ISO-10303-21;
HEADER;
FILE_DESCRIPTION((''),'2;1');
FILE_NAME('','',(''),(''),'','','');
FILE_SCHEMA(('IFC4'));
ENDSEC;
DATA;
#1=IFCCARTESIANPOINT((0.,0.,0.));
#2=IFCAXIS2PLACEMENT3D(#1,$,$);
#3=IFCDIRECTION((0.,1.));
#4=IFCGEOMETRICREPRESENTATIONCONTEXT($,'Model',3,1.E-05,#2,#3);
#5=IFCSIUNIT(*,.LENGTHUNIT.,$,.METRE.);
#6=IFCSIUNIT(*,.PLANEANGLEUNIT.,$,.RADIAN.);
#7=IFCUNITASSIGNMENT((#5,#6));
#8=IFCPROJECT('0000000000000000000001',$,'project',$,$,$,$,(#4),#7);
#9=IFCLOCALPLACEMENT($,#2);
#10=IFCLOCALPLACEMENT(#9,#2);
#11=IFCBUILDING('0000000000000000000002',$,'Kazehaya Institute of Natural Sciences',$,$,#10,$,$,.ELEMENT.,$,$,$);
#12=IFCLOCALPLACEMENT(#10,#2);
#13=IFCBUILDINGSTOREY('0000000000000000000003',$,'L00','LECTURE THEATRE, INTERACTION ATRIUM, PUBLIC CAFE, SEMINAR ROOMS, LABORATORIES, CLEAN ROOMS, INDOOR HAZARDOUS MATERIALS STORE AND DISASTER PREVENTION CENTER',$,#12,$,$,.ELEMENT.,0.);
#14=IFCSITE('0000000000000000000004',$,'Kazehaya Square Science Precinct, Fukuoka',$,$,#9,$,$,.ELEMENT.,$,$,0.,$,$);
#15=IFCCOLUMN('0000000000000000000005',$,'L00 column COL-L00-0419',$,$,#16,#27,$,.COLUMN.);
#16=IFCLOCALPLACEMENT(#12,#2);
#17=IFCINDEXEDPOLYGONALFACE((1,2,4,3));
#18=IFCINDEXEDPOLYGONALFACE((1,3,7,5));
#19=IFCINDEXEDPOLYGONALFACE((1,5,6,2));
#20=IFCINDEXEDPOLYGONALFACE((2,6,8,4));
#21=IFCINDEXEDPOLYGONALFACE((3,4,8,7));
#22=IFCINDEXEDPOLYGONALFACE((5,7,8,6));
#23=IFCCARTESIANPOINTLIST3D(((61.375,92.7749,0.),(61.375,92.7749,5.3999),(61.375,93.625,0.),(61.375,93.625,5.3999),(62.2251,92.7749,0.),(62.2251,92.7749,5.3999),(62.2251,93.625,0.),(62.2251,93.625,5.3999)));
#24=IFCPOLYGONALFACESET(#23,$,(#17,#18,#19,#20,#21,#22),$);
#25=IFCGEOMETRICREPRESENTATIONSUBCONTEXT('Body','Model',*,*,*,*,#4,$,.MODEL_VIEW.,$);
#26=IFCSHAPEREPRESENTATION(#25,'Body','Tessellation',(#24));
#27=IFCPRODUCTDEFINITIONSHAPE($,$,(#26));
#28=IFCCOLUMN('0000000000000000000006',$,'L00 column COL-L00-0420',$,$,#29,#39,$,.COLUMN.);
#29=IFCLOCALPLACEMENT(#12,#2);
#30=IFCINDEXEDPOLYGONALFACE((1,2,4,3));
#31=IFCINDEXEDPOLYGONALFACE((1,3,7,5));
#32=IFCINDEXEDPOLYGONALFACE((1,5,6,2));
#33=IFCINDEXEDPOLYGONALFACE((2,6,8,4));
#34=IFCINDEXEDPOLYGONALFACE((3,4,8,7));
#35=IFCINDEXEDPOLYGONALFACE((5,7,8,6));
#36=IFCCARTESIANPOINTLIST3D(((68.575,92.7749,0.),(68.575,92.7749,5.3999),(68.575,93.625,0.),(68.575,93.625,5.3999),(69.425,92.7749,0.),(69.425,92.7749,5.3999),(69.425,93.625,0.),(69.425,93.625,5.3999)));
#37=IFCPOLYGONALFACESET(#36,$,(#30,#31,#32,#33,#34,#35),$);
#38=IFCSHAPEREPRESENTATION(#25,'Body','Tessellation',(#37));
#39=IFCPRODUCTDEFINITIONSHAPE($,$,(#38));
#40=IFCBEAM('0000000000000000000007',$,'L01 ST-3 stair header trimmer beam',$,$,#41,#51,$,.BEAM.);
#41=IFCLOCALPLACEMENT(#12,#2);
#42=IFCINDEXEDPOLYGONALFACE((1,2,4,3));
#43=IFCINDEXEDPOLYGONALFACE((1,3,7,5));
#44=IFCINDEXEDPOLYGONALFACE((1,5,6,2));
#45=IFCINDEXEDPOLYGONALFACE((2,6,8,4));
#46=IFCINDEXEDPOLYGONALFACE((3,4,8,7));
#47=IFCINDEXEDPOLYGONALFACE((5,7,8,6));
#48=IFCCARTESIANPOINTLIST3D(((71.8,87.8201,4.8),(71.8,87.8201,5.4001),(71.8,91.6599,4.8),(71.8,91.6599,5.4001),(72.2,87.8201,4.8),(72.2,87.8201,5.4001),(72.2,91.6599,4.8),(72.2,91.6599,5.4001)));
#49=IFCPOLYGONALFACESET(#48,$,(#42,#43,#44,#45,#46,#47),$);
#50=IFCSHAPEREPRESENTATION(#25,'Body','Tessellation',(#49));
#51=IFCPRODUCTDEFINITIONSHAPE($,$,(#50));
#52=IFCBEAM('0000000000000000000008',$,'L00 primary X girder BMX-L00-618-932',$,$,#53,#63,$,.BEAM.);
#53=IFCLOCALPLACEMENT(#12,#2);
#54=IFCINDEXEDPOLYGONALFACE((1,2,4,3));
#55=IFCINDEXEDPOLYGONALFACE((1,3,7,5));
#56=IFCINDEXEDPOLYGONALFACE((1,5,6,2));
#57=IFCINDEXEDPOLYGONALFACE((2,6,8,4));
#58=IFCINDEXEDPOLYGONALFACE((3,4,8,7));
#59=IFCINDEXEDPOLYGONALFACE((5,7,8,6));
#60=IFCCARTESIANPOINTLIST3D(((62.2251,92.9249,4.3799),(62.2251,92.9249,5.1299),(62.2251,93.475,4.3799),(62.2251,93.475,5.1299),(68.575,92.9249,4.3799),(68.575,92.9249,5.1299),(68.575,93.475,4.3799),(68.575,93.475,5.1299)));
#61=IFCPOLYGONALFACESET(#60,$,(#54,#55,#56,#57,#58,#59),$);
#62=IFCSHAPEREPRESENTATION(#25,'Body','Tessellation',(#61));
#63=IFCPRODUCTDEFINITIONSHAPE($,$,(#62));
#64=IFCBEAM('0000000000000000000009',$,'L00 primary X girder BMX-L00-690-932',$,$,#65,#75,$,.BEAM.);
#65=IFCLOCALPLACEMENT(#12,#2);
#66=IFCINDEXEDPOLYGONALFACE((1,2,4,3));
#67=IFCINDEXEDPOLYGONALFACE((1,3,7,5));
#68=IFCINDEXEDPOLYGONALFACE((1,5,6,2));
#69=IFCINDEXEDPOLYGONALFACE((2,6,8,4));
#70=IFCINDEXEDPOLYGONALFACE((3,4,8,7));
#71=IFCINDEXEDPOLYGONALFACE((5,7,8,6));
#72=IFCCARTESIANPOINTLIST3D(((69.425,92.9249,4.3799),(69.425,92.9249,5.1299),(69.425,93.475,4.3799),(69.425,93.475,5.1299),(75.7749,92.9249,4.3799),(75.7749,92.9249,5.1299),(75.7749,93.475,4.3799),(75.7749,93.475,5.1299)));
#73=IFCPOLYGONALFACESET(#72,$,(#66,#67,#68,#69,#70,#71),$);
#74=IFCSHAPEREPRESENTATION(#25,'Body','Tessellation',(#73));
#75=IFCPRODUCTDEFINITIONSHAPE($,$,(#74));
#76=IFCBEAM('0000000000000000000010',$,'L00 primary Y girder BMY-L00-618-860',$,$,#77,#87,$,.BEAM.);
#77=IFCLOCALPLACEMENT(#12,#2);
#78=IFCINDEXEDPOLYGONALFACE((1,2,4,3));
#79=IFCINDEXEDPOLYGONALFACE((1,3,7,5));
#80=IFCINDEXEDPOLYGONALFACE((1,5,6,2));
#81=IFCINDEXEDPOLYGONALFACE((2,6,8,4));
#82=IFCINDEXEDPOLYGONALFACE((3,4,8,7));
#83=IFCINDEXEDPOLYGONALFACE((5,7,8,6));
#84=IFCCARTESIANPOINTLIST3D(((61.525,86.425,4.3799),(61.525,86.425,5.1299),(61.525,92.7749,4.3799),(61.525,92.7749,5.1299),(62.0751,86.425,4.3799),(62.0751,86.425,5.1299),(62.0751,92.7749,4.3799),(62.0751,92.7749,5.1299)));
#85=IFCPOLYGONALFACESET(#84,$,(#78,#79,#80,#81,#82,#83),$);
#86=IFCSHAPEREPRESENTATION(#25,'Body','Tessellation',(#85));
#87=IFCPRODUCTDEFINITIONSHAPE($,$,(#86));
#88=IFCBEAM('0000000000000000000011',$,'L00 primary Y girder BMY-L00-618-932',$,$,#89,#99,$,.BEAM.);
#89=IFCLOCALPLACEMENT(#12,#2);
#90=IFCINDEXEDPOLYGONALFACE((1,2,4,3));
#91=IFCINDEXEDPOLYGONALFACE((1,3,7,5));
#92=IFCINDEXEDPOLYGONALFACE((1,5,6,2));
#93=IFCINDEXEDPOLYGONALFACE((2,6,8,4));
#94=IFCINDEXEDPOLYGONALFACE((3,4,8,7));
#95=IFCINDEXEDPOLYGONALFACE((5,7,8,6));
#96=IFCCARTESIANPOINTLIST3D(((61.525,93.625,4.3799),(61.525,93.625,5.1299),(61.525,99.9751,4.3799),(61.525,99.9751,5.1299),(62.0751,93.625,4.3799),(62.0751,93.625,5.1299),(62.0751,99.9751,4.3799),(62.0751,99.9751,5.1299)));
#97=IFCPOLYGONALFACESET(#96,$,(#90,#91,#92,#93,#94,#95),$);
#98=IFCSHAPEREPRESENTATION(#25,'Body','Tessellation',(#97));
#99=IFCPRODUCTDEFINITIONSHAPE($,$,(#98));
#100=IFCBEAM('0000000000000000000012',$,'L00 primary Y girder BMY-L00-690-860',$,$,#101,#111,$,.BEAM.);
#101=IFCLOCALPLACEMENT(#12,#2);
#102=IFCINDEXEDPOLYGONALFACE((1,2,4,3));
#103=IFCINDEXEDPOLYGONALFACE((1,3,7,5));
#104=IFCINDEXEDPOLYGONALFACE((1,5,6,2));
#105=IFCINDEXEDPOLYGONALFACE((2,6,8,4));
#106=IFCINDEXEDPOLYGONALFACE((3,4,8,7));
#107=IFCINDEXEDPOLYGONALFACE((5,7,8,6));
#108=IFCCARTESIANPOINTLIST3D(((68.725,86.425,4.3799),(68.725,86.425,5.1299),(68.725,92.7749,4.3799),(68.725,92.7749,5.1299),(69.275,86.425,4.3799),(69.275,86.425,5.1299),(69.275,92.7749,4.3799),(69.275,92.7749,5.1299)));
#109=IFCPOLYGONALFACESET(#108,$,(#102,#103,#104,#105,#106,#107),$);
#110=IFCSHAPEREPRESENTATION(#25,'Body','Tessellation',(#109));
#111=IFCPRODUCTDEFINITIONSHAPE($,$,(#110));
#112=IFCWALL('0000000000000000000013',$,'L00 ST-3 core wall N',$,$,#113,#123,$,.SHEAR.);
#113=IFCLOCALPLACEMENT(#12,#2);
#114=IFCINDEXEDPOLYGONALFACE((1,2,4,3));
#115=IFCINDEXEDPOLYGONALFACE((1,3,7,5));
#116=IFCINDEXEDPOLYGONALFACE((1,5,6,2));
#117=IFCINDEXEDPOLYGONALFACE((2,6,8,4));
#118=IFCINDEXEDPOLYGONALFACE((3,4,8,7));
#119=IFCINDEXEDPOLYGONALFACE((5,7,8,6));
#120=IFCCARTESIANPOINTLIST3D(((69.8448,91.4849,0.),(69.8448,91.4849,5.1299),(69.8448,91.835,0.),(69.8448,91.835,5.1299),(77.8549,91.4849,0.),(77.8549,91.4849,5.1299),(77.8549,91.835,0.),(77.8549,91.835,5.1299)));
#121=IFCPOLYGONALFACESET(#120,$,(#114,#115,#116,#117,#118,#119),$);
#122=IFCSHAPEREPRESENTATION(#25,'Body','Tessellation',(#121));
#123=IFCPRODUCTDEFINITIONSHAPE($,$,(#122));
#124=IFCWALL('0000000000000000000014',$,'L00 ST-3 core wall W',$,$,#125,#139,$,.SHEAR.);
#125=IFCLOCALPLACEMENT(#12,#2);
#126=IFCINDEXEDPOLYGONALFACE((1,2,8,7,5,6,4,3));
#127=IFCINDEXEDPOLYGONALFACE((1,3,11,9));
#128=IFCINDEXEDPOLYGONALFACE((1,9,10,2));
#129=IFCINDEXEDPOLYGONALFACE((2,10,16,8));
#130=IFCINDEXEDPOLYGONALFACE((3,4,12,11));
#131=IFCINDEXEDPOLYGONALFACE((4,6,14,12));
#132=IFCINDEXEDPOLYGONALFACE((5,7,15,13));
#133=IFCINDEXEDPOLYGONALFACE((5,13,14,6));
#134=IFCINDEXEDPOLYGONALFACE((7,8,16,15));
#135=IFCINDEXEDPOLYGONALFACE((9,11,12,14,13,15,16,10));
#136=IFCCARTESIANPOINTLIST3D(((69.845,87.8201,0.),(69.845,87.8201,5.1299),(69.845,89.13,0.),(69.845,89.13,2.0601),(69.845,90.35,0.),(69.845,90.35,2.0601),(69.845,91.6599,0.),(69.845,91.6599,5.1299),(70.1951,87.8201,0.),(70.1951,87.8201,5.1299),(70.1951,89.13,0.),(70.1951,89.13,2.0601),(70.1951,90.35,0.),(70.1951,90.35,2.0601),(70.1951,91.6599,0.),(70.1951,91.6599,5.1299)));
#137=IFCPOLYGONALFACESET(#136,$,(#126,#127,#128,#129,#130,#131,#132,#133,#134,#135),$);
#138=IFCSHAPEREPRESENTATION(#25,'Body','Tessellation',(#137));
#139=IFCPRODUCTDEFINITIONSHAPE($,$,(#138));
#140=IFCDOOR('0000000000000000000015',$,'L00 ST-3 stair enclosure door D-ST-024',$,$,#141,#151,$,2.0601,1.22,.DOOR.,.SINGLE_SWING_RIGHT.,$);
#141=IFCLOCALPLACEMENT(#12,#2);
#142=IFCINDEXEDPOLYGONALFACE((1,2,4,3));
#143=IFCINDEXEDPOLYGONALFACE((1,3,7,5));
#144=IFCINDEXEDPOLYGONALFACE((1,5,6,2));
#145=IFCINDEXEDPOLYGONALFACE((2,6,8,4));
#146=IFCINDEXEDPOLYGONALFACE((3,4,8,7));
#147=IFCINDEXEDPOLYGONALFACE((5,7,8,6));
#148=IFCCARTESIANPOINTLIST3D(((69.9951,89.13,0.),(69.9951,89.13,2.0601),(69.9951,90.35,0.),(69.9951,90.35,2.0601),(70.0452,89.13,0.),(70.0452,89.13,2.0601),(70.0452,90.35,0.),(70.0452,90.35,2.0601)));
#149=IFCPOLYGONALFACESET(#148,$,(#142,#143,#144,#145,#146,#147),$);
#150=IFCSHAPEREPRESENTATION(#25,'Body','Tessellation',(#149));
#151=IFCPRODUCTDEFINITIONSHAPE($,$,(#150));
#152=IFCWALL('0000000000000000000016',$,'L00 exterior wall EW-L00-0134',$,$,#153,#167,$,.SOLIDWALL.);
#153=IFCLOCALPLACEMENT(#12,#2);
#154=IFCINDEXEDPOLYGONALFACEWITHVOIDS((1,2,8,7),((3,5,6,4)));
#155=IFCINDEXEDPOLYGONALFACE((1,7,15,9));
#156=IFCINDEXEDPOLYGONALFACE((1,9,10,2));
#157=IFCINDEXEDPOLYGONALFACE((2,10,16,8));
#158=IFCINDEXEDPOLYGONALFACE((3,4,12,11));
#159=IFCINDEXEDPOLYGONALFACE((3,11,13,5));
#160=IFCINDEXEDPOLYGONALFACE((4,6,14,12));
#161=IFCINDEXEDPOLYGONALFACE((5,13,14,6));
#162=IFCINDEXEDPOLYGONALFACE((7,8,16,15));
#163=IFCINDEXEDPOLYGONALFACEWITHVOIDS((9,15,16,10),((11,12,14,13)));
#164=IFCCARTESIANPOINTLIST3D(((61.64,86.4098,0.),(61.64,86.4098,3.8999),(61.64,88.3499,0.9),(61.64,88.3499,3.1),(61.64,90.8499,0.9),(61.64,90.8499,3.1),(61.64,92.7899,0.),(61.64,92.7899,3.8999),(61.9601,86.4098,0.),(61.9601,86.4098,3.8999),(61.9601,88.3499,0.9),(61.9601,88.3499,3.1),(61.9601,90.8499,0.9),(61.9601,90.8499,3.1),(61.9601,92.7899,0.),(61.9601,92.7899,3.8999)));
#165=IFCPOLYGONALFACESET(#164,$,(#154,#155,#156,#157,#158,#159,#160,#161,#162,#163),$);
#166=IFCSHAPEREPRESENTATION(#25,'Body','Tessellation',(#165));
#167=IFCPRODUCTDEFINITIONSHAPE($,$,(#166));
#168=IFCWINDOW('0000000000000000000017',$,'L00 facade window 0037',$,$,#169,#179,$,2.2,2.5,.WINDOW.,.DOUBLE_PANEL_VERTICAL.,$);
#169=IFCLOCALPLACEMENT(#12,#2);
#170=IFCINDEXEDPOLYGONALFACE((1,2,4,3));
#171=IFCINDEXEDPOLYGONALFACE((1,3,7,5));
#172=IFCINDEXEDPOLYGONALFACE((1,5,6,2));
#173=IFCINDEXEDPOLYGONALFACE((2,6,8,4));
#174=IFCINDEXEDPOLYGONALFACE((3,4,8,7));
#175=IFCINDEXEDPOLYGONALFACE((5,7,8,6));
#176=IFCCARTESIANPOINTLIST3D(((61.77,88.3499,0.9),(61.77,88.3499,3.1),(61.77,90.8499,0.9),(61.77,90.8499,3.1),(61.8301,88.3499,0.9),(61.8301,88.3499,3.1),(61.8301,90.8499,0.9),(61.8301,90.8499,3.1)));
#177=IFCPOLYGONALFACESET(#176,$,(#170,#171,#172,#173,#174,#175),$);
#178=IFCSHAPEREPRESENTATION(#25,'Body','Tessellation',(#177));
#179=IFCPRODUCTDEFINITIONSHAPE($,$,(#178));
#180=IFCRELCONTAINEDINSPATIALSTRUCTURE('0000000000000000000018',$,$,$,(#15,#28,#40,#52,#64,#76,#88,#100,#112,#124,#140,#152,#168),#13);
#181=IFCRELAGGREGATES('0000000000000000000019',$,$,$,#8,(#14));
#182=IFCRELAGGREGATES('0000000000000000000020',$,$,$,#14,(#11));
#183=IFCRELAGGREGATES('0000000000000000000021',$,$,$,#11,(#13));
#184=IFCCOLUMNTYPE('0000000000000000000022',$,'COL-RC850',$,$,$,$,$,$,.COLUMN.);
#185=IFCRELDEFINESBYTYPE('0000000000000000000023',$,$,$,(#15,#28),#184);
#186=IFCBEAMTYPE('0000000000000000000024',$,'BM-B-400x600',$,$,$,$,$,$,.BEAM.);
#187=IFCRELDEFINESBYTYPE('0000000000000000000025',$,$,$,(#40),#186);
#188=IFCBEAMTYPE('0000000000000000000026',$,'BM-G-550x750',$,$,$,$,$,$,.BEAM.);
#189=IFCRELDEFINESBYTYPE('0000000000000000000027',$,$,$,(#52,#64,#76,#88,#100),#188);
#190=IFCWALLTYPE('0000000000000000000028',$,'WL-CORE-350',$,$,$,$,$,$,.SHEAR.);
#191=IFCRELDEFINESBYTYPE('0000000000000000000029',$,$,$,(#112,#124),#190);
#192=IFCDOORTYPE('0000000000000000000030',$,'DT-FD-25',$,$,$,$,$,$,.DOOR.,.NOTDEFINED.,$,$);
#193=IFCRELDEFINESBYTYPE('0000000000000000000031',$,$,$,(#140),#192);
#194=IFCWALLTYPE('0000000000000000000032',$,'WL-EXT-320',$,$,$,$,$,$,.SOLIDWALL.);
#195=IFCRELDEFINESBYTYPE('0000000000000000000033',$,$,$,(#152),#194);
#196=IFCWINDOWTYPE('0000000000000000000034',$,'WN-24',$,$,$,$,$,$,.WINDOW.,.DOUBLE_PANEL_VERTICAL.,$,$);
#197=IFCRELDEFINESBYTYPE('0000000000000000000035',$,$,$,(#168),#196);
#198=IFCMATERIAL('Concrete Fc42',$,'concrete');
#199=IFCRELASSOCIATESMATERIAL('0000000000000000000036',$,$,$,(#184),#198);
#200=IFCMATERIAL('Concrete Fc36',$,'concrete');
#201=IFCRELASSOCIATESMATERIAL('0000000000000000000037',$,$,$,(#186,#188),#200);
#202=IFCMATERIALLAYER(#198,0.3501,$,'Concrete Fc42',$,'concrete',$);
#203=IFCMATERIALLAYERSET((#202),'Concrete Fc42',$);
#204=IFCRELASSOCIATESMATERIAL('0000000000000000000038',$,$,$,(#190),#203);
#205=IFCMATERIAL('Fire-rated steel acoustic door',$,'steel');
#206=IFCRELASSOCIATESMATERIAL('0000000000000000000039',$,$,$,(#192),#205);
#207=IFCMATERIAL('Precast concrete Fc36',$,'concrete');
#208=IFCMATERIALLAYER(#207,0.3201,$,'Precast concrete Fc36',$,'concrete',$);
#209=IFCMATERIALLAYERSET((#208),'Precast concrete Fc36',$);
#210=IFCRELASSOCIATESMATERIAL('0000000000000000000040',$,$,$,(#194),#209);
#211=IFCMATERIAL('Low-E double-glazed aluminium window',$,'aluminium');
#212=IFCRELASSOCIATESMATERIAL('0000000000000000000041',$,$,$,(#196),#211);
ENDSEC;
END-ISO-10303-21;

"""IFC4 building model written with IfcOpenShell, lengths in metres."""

from ifc_helpers import new_model, si_unit, direction, frame, frame_2d, origin, origin_2d, place, context, subcontext, project, spatial, rectangle, extrude, material, layer, layer_set, material_profile, profile_set, type_object, element, fill, save


model = new_model("IFC4")

# Units and contexts
model_context = context("Model", 3, precision=1e-05, world=origin(), true_north=direction((0.0, 1.0)))
body_context = subcontext(model_context, "Body", "Model", "MODEL_VIEW")
ifc_project = project(units=[si_unit("LENGTHUNIT", "METRE"), si_unit("PLANEANGLEUNIT", "RADIAN")], contexts=[model_context])

# Site, building, storey
site_placement = place(None, origin())
site = spatial("IfcSite", under=ifc_project, at=site_placement, Name="Kazehaya Square Science Precinct, Fukuoka", CompositionType="ELEMENT", RefElevation=0.0)
building_placement = place(site_placement, origin())
building = spatial("IfcBuilding", under=site, at=building_placement, Name="Kazehaya Institute of Natural Sciences", CompositionType="ELEMENT")
storey_placement = place(building_placement, origin())
storey = spatial("IfcBuildingStorey", under=building, at=storey_placement, Name="L00", Description="LECTURE THEATRE, INTERACTION ATRIUM, PUBLIC CAFE, SEMINAR ROOMS, LABORATORIES, CLEAN ROOMS, INDOOR HAZARDOUS MATERIALS STORE AND DISASTER PREVENTION CENTER", CompositionType="ELEMENT", Elevation=0.0)

# Columns
ifc_material_1 = material(Name="Concrete Fc42", Category="concrete")
ifc_material_profile_1 = material_profile(ifc_material_1, rectangle(XDim=0.8501, YDim=0.8501, at=origin_2d()), Name="RC-850x850")
ifc_profile_set_1 = profile_set([ifc_material_profile_1], Name="Concrete Fc42")
column_type = type_object("IfcColumnType", Name="COL-RC850", PredefinedType="COLUMN", material=ifc_profile_set_1)
for number, where, z_axis, x_axis, name in (
    (1, (61.8, 93.2, 0.0), (0.0, 0.0, 1.0), (1.0, 0.0, 0.0), "L00 column COL-L00-0419"),
    (2, (69.0, 93.2, 0.0), (0.0, 0.0, 1.0), (1.0, 0.0, 0.0), "L00 column COL-L00-0420"),
):
    element("IfcColumn", number, at=place(storey_placement, frame(where, z_axis=z_axis, x_axis=x_axis)), inside=storey, type_object=column_type, Name=name, PredefinedType="COLUMN", context=body_context, shape_type="SweptSolid", body=[
        extrude(rectangle(XDim=0.8501, YDim=0.8501, at=origin_2d()), origin(), (0.0, 0.0, 1.0), 5.3999),
    ])

# Beams
ifc_material_2 = material(Name="Concrete Fc36", Category="concrete")
ifc_material_profile_2 = material_profile(ifc_material_2, rectangle(XDim=0.3999, YDim=0.6001, at=origin_2d()), Name="RC-400x600")
ifc_profile_set_2 = profile_set([ifc_material_profile_2], Name="Concrete Fc36")
beam_type_1 = type_object("IfcBeamType", Name="BM-B-400x600", PredefinedType="BEAM", material=ifc_profile_set_2)
beam_1_placement = place(storey_placement, frame((72.0, 87.8201, 5.1001), z_axis=(0.0, 1.0, 0.0), x_axis=(-1.0, 0.0, 0.0)))
element("IfcBeam", 3, at=beam_1_placement, inside=storey, type_object=beam_type_1, Name="L01 ST-3 stair header trimmer beam", PredefinedType="BEAM", context=body_context, shape_type="SweptSolid", body=[
    extrude(rectangle(XDim=0.3999, YDim=0.6001, at=origin_2d()), origin(), (0.0, 0.0, 1.0), 3.8398),
])
ifc_material_profile_3 = material_profile(ifc_material_2, rectangle(XDim=0.55, YDim=0.75, at=origin_2d()), Name="RC-550x750")
ifc_profile_set_3 = profile_set([ifc_material_profile_3], Name="Concrete Fc36")
beam_type_2 = type_object("IfcBeamType", Name="BM-G-550x750", PredefinedType="BEAM", material=ifc_profile_set_3)
for number, where, z_axis, x_axis, name in (
    (4, (62.2251, 93.2, 4.7549), (1.0, 0.0, 0.0), (0.0, 1.0, 0.0), "L00 primary X girder BMX-L00-618-932"),
    (5, (69.425, 93.2, 4.7549), (1.0, 0.0, 0.0), (0.0, 1.0, 0.0), "L00 primary X girder BMX-L00-690-932"),
    (6, (61.8, 86.425, 4.7549), (0.0, 1.0, 0.0), (-1.0, 0.0, 0.0), "L00 primary Y girder BMY-L00-618-860"),
):
    element("IfcBeam", number, at=place(storey_placement, frame(where, z_axis=z_axis, x_axis=x_axis)), inside=storey, type_object=beam_type_2, Name=name, PredefinedType="BEAM", context=body_context, shape_type="SweptSolid", body=[
        extrude(rectangle(XDim=0.55, YDim=0.75, at=origin_2d()), origin(), (0.0, 0.0, 1.0), 6.3499),
    ])
beam_2_placement = place(storey_placement, frame((61.8, 93.625, 4.7549), z_axis=(0.0, 1.0, 0.0), x_axis=(-1.0, 0.0, 0.0)))
element("IfcBeam", 7, at=beam_2_placement, inside=storey, type_object=beam_type_2, Name="L00 primary Y girder BMY-L00-618-932", PredefinedType="BEAM", context=body_context, shape_type="SweptSolid", body=[
    extrude(rectangle(XDim=0.55, YDim=0.75, at=origin_2d()), origin(), (0.0, 0.0, 1.0), 6.3501),
])
beam_3_placement = place(storey_placement, frame((69.0, 86.425, 4.7549), z_axis=(0.0, 1.0, 0.0), x_axis=(-1.0, 0.0, 0.0)))
element("IfcBeam", 8, at=beam_3_placement, inside=storey, type_object=beam_type_2, Name="L00 primary Y girder BMY-L00-690-860", PredefinedType="BEAM", context=body_context, shape_type="SweptSolid", body=[
    extrude(rectangle(XDim=0.55, YDim=0.75, at=origin_2d()), origin(), (0.0, 0.0, 1.0), 6.3499),
])

# Wall
ifc_layer_1 = layer(ifc_material_1, 0.3501, Name="Concrete Fc42", Category="concrete")
ifc_layer_set_1 = layer_set([ifc_layer_1], Name="Concrete Fc42")
wall_type_1 = type_object("IfcWallType", Name="WL-CORE-350", PredefinedType="SHEAR", material=ifc_layer_set_1)
wall_1_placement = place(storey_placement, frame((69.845, 91.6599, 0.0), z_axis=(0.0, 0.0, 1.0), x_axis=(1.0, 0.0, 0.0)))
element("IfcWall", 9, at=wall_1_placement, inside=storey, type_object=wall_type_1, Name="L00 ST-3 core wall N", PredefinedType="SHEAR", context=body_context, shape_type="SweptSolid", body=[
    extrude(rectangle(XDim=8.01, YDim=0.3501, at=frame_2d((4.0049, 0.0))), origin(), (0.0, 0.0, 1.0), 5.1299),
])

# Wall, opening, door
wall_2_placement = place(storey_placement, frame((70.02, 87.8201, 0.0), z_axis=(0.0, 0.0, 1.0), x_axis=(0.0, 1.0, 0.0)))
wall_2 = element("IfcWall", 10, at=wall_2_placement, inside=storey, type_object=wall_type_1, Name="L00 ST-3 core wall W", PredefinedType="SHEAR", context=body_context, shape_type="SweptSolid", body=[
    extrude(rectangle(XDim=3.8398, YDim=0.3501, at=frame_2d((1.9199, 0.0))), origin(), (0.0, 0.0, 1.0), 5.1299),
])
opening_1_placement = place(wall_2_placement, frame((1.3101, 0.0, 0.0)))
opening_1 = element("IfcOpeningElement", 11, at=opening_1_placement, cuts=wall_2, PredefinedType="OPENING", context=body_context, shape_type="SweptSolid", body=[
    extrude(rectangle(XDim=1.22, YDim=2.0601, at=frame_2d((0.6099, 1.03))), frame((0.0, 0.1851, 0.0), z_axis=(0.0, -1.0, 0.0), x_axis=(1.0, 0.0, 0.0)), (0.0, 0.0, 1.0), 0.3701),
])
ifc_material_3 = material(Name="Fire-rated steel acoustic door", Category="steel")
door_type = type_object("IfcDoorType", Name="DT-FD-25", OperationType="NOTDEFINED", PredefinedType="DOOR", material=ifc_material_3)
door_placement = place(opening_1_placement, origin())
door = element("IfcDoor", 12, at=door_placement, inside=storey, type_object=door_type, Name="L00 ST-3 stair enclosure door D-ST-024", OperationType="SINGLE_SWING_RIGHT", OverallHeight=2.0601, OverallWidth=1.22, PredefinedType="DOOR", context=body_context, shape_type="SweptSolid", body=[
    extrude(rectangle(XDim=1.22, YDim=2.0601, at=frame_2d((0.6099, 1.03))), frame((0.0, 0.0249, 0.0), z_axis=(0.0, -1.0, 0.0), x_axis=(1.0, 0.0, 0.0)), (0.0, 0.0, 1.0), 0.05),
])
fill(opening_1, door)

# Wall, opening, window
ifc_material_4 = material(Name="Precast concrete Fc36", Category="concrete")
ifc_layer_2 = layer(ifc_material_4, 0.3201, Name="Precast concrete Fc36", Category="concrete")
ifc_layer_set_2 = layer_set([ifc_layer_2], Name="Precast concrete Fc36")
wall_type_2 = type_object("IfcWallType", Name="WL-EXT-320", PredefinedType="SOLIDWALL", material=ifc_layer_set_2)
wall_3_placement = place(storey_placement, frame((61.8, 86.4099, 0.0), z_axis=(0.0, 0.0, 1.0), x_axis=(0.0, 1.0, 0.0)))
wall_3 = element("IfcWall", 13, at=wall_3_placement, inside=storey, type_object=wall_type_2, Name="L00 exterior wall EW-L00-0134", PredefinedType="SOLIDWALL", context=body_context, shape_type="SweptSolid", body=[
    extrude(rectangle(XDim=6.3801, YDim=0.3201, at=frame_2d((3.1899, 0.0))), origin(), (0.0, 0.0, 1.0), 3.8999),
])
opening_2_placement = place(wall_3_placement, frame((1.9399, 0.0, 0.8999)))
opening_2 = element("IfcOpeningElement", 14, at=opening_2_placement, cuts=wall_3, PredefinedType="OPENING", context=body_context, shape_type="SweptSolid", body=[
    extrude(rectangle(XDim=2.5, YDim=2.2, at=frame_2d((1.25, 1.1001))), frame((0.0, 0.1699, 0.0), z_axis=(0.0, -1.0, 0.0), x_axis=(1.0, 0.0, 0.0)), (0.0, 0.0, 1.0), 0.3401),
])
ifc_material_5 = material(Name="Low-E double-glazed aluminium window", Category="aluminium")
window_type = type_object("IfcWindowType", Name="WN-24", PartitioningType="DOUBLE_PANEL_VERTICAL", PredefinedType="WINDOW", material=ifc_material_5)
window_1_placement = place(opening_2_placement, origin())
window_1 = element("IfcWindow", 15, at=window_1_placement, inside=storey, type_object=window_type, Name="L00 facade window 0037", OverallHeight=2.2, OverallWidth=2.5, PartitioningType="DOUBLE_PANEL_VERTICAL", PredefinedType="WINDOW", context=body_context, shape_type="SweptSolid", body=[
    extrude(rectangle(XDim=2.5, YDim=2.2, at=frame_2d((1.25, 1.1001))), frame((0.0, 0.03, 0.0), z_axis=(0.0, -1.0, 0.0), x_axis=(1.0, 0.0, 0.0)), (0.0, 0.0, 1.0), 0.0601),
])
fill(opening_2, window_1)

save(model, "model.ifc")
